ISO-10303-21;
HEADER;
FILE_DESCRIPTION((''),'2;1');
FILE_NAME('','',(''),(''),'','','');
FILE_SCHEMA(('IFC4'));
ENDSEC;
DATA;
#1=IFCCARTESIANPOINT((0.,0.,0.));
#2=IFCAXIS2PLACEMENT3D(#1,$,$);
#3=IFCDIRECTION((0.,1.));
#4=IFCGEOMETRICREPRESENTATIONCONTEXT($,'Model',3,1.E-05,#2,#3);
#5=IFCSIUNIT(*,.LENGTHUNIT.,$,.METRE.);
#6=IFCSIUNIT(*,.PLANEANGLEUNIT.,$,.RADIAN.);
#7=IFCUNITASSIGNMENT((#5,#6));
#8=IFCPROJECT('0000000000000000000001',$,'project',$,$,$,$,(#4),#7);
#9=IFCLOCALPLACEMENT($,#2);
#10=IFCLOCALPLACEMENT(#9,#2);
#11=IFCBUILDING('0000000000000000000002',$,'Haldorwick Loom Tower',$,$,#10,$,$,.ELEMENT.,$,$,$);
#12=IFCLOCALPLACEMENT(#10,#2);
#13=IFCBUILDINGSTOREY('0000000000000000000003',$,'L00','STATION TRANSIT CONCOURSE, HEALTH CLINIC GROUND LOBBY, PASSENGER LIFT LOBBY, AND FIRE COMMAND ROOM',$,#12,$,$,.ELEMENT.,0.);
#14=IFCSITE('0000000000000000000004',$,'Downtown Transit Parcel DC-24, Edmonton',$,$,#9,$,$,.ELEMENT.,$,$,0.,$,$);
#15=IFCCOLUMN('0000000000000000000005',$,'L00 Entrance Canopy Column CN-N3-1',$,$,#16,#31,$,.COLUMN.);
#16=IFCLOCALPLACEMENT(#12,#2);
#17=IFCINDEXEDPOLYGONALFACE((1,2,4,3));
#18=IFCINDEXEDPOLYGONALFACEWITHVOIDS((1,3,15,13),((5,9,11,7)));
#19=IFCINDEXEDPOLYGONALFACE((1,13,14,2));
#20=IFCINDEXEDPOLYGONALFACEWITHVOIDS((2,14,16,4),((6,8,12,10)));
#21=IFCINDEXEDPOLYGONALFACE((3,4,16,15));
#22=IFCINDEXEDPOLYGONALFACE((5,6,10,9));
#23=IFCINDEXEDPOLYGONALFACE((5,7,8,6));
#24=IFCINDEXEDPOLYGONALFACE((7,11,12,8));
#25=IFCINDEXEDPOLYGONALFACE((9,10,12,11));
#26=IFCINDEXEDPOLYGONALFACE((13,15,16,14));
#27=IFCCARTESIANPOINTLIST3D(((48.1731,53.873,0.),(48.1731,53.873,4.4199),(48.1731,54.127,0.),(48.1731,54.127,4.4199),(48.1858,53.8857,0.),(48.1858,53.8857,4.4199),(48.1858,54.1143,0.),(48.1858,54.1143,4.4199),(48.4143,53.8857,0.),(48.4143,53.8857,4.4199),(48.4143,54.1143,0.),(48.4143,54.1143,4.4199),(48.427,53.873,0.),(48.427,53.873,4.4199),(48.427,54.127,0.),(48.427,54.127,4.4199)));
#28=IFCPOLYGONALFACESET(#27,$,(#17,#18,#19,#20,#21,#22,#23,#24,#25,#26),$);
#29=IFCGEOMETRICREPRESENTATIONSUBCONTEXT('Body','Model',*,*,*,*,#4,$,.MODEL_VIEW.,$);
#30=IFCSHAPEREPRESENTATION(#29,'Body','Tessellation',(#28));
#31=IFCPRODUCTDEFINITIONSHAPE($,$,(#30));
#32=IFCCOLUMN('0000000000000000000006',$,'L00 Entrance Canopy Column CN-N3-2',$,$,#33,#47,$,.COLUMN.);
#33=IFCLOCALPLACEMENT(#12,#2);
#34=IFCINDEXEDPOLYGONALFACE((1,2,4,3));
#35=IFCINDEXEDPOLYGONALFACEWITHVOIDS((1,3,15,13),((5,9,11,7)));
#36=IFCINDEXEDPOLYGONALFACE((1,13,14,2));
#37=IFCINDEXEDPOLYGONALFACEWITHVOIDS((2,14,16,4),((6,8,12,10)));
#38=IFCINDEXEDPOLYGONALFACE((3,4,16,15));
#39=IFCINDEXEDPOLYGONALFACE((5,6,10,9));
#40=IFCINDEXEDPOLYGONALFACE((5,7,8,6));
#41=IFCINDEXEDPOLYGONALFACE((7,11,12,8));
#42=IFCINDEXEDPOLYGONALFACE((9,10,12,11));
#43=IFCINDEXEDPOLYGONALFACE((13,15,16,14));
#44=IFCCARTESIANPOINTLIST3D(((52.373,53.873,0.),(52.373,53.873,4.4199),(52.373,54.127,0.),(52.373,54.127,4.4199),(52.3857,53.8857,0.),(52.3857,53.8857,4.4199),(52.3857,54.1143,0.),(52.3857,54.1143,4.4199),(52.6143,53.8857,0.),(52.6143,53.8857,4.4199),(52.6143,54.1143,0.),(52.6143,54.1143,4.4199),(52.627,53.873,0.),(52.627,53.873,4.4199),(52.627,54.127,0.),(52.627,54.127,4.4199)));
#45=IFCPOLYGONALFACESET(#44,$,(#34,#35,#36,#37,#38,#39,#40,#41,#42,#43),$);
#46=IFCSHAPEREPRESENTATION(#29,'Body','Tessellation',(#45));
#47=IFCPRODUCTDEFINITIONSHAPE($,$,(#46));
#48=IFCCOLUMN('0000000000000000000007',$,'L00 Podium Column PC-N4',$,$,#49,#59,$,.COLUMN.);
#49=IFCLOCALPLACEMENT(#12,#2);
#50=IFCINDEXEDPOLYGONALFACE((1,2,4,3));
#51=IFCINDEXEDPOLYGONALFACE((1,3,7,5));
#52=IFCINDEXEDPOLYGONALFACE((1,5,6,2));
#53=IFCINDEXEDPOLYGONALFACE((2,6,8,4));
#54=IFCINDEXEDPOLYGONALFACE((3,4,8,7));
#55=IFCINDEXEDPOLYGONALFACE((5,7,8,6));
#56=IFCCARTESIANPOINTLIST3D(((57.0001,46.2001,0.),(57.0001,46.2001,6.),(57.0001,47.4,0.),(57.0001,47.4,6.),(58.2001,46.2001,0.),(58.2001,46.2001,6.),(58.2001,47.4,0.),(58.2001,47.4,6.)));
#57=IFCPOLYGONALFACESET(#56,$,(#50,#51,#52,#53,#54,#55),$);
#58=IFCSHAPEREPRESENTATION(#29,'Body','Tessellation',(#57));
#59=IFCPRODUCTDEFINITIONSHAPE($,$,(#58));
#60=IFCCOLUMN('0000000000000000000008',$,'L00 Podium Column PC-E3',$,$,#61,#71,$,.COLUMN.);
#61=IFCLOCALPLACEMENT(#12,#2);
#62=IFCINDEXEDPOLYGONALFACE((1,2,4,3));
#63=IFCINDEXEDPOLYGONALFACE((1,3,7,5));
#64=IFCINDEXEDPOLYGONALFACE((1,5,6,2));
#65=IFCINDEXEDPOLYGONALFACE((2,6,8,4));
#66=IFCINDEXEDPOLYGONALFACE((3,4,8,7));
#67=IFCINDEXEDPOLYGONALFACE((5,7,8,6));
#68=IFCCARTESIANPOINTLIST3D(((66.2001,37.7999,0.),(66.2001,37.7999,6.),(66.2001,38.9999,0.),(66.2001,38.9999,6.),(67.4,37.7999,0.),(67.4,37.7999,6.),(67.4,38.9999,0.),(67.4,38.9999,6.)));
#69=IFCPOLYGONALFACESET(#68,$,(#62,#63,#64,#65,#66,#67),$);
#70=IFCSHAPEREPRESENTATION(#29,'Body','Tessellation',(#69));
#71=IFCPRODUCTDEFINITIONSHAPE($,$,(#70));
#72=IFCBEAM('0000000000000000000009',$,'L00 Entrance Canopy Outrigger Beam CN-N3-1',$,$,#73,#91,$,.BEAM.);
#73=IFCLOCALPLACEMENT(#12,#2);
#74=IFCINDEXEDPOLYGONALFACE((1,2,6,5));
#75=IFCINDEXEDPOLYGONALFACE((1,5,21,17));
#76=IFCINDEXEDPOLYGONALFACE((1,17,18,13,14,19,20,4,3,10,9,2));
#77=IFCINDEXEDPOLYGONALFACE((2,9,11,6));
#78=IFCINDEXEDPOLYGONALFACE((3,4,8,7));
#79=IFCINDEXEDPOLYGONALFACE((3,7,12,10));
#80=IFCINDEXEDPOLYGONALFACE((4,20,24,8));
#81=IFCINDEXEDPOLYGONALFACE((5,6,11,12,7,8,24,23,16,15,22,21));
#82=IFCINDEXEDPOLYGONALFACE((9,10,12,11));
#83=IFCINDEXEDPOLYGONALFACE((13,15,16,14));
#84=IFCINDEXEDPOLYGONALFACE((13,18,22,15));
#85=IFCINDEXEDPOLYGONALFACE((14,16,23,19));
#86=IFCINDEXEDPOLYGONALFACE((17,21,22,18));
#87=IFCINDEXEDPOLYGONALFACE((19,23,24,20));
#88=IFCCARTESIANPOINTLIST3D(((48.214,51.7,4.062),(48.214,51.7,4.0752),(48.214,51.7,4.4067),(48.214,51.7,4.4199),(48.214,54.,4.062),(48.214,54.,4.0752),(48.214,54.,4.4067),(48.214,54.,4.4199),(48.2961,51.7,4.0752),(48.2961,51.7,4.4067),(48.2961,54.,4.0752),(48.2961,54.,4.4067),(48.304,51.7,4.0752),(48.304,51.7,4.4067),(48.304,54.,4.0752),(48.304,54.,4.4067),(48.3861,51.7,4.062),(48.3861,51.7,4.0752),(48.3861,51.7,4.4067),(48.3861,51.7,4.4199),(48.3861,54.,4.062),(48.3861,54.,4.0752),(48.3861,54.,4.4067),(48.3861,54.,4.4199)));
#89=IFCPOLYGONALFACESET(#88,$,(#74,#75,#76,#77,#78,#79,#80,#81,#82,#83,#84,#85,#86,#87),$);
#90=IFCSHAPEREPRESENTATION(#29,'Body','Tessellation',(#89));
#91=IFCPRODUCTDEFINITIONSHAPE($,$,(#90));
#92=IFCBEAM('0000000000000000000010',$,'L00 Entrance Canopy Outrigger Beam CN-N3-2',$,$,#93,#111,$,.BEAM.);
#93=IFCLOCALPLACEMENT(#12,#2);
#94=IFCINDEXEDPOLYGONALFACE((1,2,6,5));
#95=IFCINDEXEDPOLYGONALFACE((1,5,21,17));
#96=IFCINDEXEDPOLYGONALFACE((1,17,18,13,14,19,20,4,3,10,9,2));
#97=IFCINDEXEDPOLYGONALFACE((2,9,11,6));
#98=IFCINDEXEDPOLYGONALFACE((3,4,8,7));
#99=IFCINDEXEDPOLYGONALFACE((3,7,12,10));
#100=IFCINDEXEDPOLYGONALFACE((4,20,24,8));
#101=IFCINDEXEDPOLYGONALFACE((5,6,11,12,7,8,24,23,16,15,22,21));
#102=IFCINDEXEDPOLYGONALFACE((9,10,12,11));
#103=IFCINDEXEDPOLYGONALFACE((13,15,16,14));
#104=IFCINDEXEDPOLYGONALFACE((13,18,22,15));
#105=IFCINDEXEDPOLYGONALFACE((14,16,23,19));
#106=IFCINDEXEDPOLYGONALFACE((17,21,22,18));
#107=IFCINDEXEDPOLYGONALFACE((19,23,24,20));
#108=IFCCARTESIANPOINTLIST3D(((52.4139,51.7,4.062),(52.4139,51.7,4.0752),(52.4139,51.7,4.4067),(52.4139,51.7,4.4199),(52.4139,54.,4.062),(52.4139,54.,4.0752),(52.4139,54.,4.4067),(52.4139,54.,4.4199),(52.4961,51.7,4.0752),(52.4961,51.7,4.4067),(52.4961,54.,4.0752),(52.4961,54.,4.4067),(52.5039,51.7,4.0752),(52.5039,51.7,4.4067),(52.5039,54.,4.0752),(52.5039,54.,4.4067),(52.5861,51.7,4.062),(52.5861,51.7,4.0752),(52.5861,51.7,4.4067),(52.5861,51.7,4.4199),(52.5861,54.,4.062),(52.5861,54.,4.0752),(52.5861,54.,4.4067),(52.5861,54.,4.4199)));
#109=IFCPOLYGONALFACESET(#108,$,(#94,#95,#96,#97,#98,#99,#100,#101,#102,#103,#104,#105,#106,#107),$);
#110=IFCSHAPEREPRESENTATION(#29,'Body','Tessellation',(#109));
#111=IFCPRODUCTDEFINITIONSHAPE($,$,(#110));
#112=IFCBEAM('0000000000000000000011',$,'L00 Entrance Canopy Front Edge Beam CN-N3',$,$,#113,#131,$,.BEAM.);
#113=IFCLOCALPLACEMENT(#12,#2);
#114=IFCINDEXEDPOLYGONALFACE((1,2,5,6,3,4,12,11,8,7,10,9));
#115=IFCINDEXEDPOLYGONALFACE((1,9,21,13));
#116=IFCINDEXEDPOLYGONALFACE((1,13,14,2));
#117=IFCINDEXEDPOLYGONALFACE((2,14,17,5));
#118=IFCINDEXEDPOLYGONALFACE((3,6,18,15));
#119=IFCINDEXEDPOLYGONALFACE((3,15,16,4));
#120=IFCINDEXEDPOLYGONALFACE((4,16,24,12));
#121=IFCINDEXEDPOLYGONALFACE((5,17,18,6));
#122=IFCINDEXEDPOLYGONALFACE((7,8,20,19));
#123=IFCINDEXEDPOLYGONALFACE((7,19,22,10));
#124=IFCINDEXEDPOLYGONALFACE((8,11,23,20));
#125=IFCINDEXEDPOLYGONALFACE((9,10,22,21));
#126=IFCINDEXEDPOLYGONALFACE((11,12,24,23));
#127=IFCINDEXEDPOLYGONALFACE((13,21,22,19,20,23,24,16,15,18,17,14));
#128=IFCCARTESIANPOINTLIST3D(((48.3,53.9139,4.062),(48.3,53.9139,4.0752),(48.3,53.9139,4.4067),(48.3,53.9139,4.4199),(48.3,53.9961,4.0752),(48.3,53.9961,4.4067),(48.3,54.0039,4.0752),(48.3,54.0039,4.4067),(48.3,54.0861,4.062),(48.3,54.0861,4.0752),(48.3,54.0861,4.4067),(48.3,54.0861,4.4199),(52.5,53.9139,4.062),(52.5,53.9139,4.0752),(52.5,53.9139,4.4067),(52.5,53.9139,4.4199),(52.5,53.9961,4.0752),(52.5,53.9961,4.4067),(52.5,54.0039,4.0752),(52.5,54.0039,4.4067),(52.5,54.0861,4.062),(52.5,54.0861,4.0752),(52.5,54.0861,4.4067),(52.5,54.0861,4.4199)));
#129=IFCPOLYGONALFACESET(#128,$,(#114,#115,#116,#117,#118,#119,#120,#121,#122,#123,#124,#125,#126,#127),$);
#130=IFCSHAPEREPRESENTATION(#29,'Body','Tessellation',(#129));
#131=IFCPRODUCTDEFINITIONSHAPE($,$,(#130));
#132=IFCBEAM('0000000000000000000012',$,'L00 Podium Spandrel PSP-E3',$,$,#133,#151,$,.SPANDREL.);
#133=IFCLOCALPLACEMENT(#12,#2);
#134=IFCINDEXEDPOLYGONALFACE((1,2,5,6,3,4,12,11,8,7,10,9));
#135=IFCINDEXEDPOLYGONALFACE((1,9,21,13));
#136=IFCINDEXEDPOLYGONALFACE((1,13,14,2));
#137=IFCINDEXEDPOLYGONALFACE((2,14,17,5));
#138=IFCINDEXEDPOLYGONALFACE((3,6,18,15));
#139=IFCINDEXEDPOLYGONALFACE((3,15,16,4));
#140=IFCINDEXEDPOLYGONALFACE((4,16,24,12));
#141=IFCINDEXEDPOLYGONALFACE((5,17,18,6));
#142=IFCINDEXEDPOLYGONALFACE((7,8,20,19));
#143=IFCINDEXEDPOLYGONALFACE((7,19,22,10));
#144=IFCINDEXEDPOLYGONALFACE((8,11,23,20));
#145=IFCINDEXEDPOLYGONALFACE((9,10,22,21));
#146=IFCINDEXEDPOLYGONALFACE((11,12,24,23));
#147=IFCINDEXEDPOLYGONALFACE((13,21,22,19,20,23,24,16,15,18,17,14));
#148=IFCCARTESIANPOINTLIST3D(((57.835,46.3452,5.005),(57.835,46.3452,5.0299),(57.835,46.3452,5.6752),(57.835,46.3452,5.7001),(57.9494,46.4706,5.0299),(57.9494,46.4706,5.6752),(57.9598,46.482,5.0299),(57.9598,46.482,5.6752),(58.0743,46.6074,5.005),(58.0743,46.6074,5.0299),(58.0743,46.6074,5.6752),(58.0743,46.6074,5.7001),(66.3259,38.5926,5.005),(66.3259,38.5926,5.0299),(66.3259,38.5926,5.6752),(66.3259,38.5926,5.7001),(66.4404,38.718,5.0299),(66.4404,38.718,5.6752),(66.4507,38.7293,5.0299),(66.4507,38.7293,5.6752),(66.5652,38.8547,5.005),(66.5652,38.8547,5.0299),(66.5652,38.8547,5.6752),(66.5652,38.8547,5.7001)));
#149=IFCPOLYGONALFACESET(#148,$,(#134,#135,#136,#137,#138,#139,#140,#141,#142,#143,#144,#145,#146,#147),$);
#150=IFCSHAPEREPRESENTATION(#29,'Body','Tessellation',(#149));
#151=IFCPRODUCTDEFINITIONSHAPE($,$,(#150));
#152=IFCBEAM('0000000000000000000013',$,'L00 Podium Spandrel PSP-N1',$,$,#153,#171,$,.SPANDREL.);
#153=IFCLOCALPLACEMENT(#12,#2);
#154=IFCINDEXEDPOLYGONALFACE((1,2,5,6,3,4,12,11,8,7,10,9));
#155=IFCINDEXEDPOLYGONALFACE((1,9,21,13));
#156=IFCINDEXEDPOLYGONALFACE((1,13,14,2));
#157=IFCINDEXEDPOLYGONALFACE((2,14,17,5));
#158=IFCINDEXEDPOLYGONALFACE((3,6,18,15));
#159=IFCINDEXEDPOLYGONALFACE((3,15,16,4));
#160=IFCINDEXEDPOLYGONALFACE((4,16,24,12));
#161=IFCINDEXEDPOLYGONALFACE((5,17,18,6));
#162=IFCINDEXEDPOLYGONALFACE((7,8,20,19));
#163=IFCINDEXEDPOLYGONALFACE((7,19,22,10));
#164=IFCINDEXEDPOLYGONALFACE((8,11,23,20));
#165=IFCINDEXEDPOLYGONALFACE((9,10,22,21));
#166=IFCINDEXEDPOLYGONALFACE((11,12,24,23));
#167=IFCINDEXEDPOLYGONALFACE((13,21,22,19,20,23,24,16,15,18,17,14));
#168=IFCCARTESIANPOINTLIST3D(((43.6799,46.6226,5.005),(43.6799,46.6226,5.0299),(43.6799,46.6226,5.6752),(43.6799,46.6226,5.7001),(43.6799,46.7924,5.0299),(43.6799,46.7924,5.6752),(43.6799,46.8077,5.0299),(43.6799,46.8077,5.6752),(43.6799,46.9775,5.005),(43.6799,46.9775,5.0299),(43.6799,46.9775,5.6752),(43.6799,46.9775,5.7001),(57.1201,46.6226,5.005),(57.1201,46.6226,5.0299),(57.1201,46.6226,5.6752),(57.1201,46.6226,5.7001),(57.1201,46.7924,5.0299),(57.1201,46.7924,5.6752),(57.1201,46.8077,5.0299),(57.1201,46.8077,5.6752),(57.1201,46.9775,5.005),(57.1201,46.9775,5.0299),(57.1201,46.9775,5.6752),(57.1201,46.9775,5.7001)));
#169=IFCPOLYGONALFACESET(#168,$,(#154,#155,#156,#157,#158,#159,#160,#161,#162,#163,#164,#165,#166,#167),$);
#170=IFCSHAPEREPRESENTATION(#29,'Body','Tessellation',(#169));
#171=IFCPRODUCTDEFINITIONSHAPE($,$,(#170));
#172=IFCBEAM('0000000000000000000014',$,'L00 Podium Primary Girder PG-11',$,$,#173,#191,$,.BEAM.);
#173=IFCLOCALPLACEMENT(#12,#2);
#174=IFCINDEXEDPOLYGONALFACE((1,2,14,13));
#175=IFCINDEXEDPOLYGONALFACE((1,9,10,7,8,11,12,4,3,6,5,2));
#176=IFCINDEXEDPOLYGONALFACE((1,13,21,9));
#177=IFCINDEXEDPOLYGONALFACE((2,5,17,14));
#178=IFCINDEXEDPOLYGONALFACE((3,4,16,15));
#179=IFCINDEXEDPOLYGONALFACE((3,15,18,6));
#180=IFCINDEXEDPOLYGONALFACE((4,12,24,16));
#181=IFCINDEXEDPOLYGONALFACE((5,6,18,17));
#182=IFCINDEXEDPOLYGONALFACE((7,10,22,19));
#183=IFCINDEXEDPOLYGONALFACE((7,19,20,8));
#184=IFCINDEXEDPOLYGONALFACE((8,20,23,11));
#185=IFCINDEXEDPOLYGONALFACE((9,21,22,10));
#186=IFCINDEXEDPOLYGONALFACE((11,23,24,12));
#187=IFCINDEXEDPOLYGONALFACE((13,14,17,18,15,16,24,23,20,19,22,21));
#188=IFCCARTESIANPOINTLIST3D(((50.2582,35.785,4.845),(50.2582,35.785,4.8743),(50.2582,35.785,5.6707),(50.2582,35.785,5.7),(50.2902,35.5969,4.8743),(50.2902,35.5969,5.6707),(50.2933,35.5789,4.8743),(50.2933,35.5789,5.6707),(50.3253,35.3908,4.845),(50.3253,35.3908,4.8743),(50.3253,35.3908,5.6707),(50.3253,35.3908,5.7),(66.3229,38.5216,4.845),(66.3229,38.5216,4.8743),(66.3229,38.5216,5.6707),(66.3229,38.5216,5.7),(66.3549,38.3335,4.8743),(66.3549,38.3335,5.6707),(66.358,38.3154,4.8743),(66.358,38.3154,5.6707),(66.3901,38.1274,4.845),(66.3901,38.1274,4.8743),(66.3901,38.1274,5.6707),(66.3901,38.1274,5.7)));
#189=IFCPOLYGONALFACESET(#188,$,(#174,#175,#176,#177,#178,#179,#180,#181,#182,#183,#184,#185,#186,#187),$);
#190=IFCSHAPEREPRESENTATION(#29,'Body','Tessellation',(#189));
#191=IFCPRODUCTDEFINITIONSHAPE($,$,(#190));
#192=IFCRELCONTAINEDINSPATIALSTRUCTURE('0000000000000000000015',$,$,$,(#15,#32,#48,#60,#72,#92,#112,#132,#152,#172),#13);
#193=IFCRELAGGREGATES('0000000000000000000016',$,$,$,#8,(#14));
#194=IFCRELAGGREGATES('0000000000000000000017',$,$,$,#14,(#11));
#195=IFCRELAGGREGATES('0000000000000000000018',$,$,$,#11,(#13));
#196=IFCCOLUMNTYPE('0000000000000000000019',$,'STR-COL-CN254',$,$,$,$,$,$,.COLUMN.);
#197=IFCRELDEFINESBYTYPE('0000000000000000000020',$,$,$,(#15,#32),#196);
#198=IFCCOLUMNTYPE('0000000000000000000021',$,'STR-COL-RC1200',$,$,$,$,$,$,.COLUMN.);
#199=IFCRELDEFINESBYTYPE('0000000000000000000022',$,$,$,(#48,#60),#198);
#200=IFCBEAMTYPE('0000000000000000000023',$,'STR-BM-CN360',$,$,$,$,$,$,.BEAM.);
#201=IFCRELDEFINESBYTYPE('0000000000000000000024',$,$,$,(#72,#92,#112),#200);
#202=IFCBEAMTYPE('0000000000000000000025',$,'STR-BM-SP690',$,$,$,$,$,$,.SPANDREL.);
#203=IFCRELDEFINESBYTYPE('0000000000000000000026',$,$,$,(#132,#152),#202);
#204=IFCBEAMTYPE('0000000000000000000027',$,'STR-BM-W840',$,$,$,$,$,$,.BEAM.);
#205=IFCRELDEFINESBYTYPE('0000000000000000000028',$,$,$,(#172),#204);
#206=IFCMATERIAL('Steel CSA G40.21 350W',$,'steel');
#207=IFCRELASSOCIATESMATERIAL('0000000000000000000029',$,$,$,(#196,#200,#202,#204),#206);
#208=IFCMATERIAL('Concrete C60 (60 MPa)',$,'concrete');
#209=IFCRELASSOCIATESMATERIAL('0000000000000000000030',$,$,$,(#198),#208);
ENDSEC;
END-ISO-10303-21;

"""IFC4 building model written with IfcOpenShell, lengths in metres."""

from ifc_helpers import new_model, si_unit, direction, frame, origin, origin_2d, place, context, subcontext, project, spatial, rectangle, hollow_rectangle, i_section, extrude, material, material_profile, profile_set, type_object, element, save


model = new_model("IFC4")

# Units and contexts
model_context = context("Model", 3, precision=1e-05, world=origin(), true_north=direction((0.0, 1.0)))
body_context = subcontext(model_context, "Body", "Model", "MODEL_VIEW")
ifc_project = project(units=[si_unit("LENGTHUNIT", "METRE"), si_unit("PLANEANGLEUNIT", "RADIAN")], contexts=[model_context])

# Site, building, storey
site_placement = place(None, origin())
site = spatial("IfcSite", under=ifc_project, at=site_placement, Name="Downtown Transit Parcel DC-24, Edmonton", CompositionType="ELEMENT", RefElevation=0.0)
building_placement = place(site_placement, origin())
building = spatial("IfcBuilding", under=site, at=building_placement, Name="Haldorwick Loom Tower", CompositionType="ELEMENT")
storey_placement = place(building_placement, origin())
storey = spatial("IfcBuildingStorey", under=building, at=storey_placement, Name="L00", Description="STATION TRANSIT CONCOURSE, HEALTH CLINIC GROUND LOBBY, PASSENGER LIFT LOBBY, AND FIRE COMMAND ROOM", CompositionType="ELEMENT", Elevation=0.0)

# Columns
ifc_material_1 = material(Name="Steel CSA G40.21 350W", Category="steel")
ifc_material_profile_1 = material_profile(ifc_material_1, hollow_rectangle(XDim=0.2539, YDim=0.2539, WallThickness=0.0127, at=origin_2d()), Name="HSS254X254X13", Category="steel")
ifc_profile_set_1 = profile_set([ifc_material_profile_1], Name="Steel CSA G40.21 350W")
column_type_1 = type_object("IfcColumnType", Name="STR-COL-CN254", PredefinedType="COLUMN", material=ifc_profile_set_1)
for number, where, z_axis, x_axis, name in (
    (1, (48.3, 54.0, 0.0), (0.0, 0.0, 1.0), (1.0, 0.0, 0.0), "L00 Entrance Canopy Column CN-N3-1"),
    (2, (52.5, 54.0, 0.0), (0.0, 0.0, 1.0), (1.0, 0.0, 0.0), "L00 Entrance Canopy Column CN-N3-2"),
):
    element("IfcColumn", number, at=place(storey_placement, frame(where, z_axis=z_axis, x_axis=x_axis)), inside=storey, type_object=column_type_1, Name=name, PredefinedType="COLUMN", context=body_context, shape_type="SweptSolid", body=[
        extrude(hollow_rectangle(XDim=0.2539, YDim=0.2539, WallThickness=0.0127, at=origin_2d()), origin(), (0.0, 0.0, 1.0), 4.4199),
    ])
ifc_material_2 = material(Name="Concrete C60 (60 MPa)", Category="concrete")
ifc_material_profile_2 = material_profile(ifc_material_2, rectangle(XDim=1.2, YDim=1.2, at=origin_2d()), Name="RC1200X1200", Category="concrete")
ifc_profile_set_2 = profile_set([ifc_material_profile_2], Name="Concrete C60 (60 MPa)")
column_type_2 = type_object("IfcColumnType", Name="STR-COL-RC1200", PredefinedType="COLUMN", material=ifc_profile_set_2)
for number, where, z_axis, x_axis, name in (
    (3, (57.6001, 46.8, 0.0), (0.0, 0.0, 1.0), (1.0, 0.0, 0.0), "L00 Podium Column PC-N4"),
    (4, (66.8, 38.3999, 0.0), (0.0, 0.0, 1.0), (1.0, 0.0, 0.0), "L00 Podium Column PC-E3"),
):
    element("IfcColumn", number, at=place(storey_placement, frame(where, z_axis=z_axis, x_axis=x_axis)), inside=storey, type_object=column_type_2, Name=name, PredefinedType="COLUMN", context=body_context, shape_type="SweptSolid", body=[
        extrude(rectangle(XDim=1.2, YDim=1.2, at=origin_2d()), origin(), (0.0, 0.0, 1.0), 6.0),
    ])

# Beams
ifc_material_profile_3 = material_profile(ifc_material_1, i_section(OverallWidth=0.1721, OverallDepth=0.3579, WebThickness=0.0078, FlangeThickness=0.0132, at=origin_2d()), Name="W360X57", Category="steel")
ifc_profile_set_3 = profile_set([ifc_material_profile_3], Name="Steel CSA G40.21 350W")
beam_type_1 = type_object("IfcBeamType", Name="STR-BM-CN360", PredefinedType="BEAM", material=ifc_profile_set_3)
for number, where, z_axis, x_axis, name in (
    (5, (48.3, 51.7, 4.241), (0.0, 1.0, 0.0), (-1.0, 0.0, 0.0), "L00 Entrance Canopy Outrigger Beam CN-N3-1"),
    (6, (52.5, 51.7, 4.241), (0.0, 1.0, 0.0), (-1.0, 0.0, 0.0), "L00 Entrance Canopy Outrigger Beam CN-N3-2"),
):
    element("IfcBeam", number, at=place(storey_placement, frame(where, z_axis=z_axis, x_axis=x_axis)), inside=storey, type_object=beam_type_1, Name=name, PredefinedType="BEAM", context=body_context, shape_type="SweptSolid", body=[
        extrude(i_section(OverallWidth=0.1721, OverallDepth=0.3579, WebThickness=0.0078, FlangeThickness=0.0132, at=origin_2d()), origin(), (0.0, 0.0, 1.0), 2.3),
    ])
beam_1_placement = place(storey_placement, frame((48.3, 54.0, 4.241), z_axis=(1.0, 0.0, 0.0), x_axis=(0.0, 1.0, 0.0)))
element("IfcBeam", 7, at=beam_1_placement, inside=storey, type_object=beam_type_1, Name="L00 Entrance Canopy Front Edge Beam CN-N3", PredefinedType="BEAM", context=body_context, shape_type="SweptSolid", body=[
    extrude(i_section(OverallWidth=0.1721, OverallDepth=0.3579, WebThickness=0.0078, FlangeThickness=0.0132, at=origin_2d()), origin(), (0.0, 0.0, 1.0), 4.2),
])
ifc_material_profile_4 = material_profile(ifc_material_1, i_section(OverallWidth=0.355, OverallDepth=0.6951, WebThickness=0.0154, FlangeThickness=0.0249, at=origin_2d()), Name="W690X217", Category="steel")
ifc_profile_set_4 = profile_set([ifc_material_profile_4], Name="Steel CSA G40.21 350W")
beam_type_2 = type_object("IfcBeamType", Name="STR-BM-SP690", PredefinedType="SPANDREL", material=ifc_profile_set_4)
beam_2_placement = place(storey_placement, frame((66.4456, 38.7236, 5.3525), z_axis=(-0.738483, 0.674272, 0.0), x_axis=(-0.674272, -0.738483, 0.0)))
element("IfcBeam", 8, at=beam_2_placement, inside=storey, type_object=beam_type_2, Name="L00 Podium Spandrel PSP-E3", PredefinedType="SPANDREL", context=body_context, shape_type="SweptSolid", body=[
    extrude(i_section(OverallWidth=0.355, OverallDepth=0.6951, WebThickness=0.0154, FlangeThickness=0.0249, at=origin_2d()), origin(), (0.0, 0.0, 1.0), 11.4978),
])
beam_3_placement = place(storey_placement, frame((57.1201, 46.8, 5.3525), z_axis=(-1.0, 0.0, 0.0), x_axis=(0.0, -1.0, 0.0)))
element("IfcBeam", 9, at=beam_3_placement, inside=storey, type_object=beam_type_2, Name="L00 Podium Spandrel PSP-N1", PredefinedType="SPANDREL", context=body_context, shape_type="SweptSolid", body=[
    extrude(i_section(OverallWidth=0.355, OverallDepth=0.6951, WebThickness=0.0154, FlangeThickness=0.0249, at=origin_2d()), origin(), (0.0, 0.0, 1.0), 13.4402),
])
ifc_material_profile_5 = material_profile(ifc_material_1, i_section(OverallWidth=0.3999, OverallDepth=0.855, WebThickness=0.0183, FlangeThickness=0.0293, at=origin_2d()), Name="W840X299", Category="steel")
ifc_profile_set_5 = profile_set([ifc_material_profile_5], Name="Steel CSA G40.21 350W")
beam_type_3 = type_object("IfcBeamType", Name="STR-BM-W840", PredefinedType="BEAM", material=ifc_profile_set_5)
beam_4_placement = place(storey_placement, frame((50.2917, 35.5879, 5.2725), z_axis=(0.985799, 0.167928, 0.0), x_axis=(-0.167928, 0.985799, 0.0)))
element("IfcBeam", 10, at=beam_4_placement, inside=storey, type_object=beam_type_3, Name="L00 Podium Primary Girder PG-11", PredefinedType="BEAM", context=body_context, shape_type="SweptSolid", body=[
    extrude(i_section(OverallWidth=0.3999, OverallDepth=0.855, WebThickness=0.0183, FlangeThickness=0.0293, at=origin_2d()), origin(), (0.0, 0.0, 1.0), 16.2961),
])

save(model, "model.ifc")
